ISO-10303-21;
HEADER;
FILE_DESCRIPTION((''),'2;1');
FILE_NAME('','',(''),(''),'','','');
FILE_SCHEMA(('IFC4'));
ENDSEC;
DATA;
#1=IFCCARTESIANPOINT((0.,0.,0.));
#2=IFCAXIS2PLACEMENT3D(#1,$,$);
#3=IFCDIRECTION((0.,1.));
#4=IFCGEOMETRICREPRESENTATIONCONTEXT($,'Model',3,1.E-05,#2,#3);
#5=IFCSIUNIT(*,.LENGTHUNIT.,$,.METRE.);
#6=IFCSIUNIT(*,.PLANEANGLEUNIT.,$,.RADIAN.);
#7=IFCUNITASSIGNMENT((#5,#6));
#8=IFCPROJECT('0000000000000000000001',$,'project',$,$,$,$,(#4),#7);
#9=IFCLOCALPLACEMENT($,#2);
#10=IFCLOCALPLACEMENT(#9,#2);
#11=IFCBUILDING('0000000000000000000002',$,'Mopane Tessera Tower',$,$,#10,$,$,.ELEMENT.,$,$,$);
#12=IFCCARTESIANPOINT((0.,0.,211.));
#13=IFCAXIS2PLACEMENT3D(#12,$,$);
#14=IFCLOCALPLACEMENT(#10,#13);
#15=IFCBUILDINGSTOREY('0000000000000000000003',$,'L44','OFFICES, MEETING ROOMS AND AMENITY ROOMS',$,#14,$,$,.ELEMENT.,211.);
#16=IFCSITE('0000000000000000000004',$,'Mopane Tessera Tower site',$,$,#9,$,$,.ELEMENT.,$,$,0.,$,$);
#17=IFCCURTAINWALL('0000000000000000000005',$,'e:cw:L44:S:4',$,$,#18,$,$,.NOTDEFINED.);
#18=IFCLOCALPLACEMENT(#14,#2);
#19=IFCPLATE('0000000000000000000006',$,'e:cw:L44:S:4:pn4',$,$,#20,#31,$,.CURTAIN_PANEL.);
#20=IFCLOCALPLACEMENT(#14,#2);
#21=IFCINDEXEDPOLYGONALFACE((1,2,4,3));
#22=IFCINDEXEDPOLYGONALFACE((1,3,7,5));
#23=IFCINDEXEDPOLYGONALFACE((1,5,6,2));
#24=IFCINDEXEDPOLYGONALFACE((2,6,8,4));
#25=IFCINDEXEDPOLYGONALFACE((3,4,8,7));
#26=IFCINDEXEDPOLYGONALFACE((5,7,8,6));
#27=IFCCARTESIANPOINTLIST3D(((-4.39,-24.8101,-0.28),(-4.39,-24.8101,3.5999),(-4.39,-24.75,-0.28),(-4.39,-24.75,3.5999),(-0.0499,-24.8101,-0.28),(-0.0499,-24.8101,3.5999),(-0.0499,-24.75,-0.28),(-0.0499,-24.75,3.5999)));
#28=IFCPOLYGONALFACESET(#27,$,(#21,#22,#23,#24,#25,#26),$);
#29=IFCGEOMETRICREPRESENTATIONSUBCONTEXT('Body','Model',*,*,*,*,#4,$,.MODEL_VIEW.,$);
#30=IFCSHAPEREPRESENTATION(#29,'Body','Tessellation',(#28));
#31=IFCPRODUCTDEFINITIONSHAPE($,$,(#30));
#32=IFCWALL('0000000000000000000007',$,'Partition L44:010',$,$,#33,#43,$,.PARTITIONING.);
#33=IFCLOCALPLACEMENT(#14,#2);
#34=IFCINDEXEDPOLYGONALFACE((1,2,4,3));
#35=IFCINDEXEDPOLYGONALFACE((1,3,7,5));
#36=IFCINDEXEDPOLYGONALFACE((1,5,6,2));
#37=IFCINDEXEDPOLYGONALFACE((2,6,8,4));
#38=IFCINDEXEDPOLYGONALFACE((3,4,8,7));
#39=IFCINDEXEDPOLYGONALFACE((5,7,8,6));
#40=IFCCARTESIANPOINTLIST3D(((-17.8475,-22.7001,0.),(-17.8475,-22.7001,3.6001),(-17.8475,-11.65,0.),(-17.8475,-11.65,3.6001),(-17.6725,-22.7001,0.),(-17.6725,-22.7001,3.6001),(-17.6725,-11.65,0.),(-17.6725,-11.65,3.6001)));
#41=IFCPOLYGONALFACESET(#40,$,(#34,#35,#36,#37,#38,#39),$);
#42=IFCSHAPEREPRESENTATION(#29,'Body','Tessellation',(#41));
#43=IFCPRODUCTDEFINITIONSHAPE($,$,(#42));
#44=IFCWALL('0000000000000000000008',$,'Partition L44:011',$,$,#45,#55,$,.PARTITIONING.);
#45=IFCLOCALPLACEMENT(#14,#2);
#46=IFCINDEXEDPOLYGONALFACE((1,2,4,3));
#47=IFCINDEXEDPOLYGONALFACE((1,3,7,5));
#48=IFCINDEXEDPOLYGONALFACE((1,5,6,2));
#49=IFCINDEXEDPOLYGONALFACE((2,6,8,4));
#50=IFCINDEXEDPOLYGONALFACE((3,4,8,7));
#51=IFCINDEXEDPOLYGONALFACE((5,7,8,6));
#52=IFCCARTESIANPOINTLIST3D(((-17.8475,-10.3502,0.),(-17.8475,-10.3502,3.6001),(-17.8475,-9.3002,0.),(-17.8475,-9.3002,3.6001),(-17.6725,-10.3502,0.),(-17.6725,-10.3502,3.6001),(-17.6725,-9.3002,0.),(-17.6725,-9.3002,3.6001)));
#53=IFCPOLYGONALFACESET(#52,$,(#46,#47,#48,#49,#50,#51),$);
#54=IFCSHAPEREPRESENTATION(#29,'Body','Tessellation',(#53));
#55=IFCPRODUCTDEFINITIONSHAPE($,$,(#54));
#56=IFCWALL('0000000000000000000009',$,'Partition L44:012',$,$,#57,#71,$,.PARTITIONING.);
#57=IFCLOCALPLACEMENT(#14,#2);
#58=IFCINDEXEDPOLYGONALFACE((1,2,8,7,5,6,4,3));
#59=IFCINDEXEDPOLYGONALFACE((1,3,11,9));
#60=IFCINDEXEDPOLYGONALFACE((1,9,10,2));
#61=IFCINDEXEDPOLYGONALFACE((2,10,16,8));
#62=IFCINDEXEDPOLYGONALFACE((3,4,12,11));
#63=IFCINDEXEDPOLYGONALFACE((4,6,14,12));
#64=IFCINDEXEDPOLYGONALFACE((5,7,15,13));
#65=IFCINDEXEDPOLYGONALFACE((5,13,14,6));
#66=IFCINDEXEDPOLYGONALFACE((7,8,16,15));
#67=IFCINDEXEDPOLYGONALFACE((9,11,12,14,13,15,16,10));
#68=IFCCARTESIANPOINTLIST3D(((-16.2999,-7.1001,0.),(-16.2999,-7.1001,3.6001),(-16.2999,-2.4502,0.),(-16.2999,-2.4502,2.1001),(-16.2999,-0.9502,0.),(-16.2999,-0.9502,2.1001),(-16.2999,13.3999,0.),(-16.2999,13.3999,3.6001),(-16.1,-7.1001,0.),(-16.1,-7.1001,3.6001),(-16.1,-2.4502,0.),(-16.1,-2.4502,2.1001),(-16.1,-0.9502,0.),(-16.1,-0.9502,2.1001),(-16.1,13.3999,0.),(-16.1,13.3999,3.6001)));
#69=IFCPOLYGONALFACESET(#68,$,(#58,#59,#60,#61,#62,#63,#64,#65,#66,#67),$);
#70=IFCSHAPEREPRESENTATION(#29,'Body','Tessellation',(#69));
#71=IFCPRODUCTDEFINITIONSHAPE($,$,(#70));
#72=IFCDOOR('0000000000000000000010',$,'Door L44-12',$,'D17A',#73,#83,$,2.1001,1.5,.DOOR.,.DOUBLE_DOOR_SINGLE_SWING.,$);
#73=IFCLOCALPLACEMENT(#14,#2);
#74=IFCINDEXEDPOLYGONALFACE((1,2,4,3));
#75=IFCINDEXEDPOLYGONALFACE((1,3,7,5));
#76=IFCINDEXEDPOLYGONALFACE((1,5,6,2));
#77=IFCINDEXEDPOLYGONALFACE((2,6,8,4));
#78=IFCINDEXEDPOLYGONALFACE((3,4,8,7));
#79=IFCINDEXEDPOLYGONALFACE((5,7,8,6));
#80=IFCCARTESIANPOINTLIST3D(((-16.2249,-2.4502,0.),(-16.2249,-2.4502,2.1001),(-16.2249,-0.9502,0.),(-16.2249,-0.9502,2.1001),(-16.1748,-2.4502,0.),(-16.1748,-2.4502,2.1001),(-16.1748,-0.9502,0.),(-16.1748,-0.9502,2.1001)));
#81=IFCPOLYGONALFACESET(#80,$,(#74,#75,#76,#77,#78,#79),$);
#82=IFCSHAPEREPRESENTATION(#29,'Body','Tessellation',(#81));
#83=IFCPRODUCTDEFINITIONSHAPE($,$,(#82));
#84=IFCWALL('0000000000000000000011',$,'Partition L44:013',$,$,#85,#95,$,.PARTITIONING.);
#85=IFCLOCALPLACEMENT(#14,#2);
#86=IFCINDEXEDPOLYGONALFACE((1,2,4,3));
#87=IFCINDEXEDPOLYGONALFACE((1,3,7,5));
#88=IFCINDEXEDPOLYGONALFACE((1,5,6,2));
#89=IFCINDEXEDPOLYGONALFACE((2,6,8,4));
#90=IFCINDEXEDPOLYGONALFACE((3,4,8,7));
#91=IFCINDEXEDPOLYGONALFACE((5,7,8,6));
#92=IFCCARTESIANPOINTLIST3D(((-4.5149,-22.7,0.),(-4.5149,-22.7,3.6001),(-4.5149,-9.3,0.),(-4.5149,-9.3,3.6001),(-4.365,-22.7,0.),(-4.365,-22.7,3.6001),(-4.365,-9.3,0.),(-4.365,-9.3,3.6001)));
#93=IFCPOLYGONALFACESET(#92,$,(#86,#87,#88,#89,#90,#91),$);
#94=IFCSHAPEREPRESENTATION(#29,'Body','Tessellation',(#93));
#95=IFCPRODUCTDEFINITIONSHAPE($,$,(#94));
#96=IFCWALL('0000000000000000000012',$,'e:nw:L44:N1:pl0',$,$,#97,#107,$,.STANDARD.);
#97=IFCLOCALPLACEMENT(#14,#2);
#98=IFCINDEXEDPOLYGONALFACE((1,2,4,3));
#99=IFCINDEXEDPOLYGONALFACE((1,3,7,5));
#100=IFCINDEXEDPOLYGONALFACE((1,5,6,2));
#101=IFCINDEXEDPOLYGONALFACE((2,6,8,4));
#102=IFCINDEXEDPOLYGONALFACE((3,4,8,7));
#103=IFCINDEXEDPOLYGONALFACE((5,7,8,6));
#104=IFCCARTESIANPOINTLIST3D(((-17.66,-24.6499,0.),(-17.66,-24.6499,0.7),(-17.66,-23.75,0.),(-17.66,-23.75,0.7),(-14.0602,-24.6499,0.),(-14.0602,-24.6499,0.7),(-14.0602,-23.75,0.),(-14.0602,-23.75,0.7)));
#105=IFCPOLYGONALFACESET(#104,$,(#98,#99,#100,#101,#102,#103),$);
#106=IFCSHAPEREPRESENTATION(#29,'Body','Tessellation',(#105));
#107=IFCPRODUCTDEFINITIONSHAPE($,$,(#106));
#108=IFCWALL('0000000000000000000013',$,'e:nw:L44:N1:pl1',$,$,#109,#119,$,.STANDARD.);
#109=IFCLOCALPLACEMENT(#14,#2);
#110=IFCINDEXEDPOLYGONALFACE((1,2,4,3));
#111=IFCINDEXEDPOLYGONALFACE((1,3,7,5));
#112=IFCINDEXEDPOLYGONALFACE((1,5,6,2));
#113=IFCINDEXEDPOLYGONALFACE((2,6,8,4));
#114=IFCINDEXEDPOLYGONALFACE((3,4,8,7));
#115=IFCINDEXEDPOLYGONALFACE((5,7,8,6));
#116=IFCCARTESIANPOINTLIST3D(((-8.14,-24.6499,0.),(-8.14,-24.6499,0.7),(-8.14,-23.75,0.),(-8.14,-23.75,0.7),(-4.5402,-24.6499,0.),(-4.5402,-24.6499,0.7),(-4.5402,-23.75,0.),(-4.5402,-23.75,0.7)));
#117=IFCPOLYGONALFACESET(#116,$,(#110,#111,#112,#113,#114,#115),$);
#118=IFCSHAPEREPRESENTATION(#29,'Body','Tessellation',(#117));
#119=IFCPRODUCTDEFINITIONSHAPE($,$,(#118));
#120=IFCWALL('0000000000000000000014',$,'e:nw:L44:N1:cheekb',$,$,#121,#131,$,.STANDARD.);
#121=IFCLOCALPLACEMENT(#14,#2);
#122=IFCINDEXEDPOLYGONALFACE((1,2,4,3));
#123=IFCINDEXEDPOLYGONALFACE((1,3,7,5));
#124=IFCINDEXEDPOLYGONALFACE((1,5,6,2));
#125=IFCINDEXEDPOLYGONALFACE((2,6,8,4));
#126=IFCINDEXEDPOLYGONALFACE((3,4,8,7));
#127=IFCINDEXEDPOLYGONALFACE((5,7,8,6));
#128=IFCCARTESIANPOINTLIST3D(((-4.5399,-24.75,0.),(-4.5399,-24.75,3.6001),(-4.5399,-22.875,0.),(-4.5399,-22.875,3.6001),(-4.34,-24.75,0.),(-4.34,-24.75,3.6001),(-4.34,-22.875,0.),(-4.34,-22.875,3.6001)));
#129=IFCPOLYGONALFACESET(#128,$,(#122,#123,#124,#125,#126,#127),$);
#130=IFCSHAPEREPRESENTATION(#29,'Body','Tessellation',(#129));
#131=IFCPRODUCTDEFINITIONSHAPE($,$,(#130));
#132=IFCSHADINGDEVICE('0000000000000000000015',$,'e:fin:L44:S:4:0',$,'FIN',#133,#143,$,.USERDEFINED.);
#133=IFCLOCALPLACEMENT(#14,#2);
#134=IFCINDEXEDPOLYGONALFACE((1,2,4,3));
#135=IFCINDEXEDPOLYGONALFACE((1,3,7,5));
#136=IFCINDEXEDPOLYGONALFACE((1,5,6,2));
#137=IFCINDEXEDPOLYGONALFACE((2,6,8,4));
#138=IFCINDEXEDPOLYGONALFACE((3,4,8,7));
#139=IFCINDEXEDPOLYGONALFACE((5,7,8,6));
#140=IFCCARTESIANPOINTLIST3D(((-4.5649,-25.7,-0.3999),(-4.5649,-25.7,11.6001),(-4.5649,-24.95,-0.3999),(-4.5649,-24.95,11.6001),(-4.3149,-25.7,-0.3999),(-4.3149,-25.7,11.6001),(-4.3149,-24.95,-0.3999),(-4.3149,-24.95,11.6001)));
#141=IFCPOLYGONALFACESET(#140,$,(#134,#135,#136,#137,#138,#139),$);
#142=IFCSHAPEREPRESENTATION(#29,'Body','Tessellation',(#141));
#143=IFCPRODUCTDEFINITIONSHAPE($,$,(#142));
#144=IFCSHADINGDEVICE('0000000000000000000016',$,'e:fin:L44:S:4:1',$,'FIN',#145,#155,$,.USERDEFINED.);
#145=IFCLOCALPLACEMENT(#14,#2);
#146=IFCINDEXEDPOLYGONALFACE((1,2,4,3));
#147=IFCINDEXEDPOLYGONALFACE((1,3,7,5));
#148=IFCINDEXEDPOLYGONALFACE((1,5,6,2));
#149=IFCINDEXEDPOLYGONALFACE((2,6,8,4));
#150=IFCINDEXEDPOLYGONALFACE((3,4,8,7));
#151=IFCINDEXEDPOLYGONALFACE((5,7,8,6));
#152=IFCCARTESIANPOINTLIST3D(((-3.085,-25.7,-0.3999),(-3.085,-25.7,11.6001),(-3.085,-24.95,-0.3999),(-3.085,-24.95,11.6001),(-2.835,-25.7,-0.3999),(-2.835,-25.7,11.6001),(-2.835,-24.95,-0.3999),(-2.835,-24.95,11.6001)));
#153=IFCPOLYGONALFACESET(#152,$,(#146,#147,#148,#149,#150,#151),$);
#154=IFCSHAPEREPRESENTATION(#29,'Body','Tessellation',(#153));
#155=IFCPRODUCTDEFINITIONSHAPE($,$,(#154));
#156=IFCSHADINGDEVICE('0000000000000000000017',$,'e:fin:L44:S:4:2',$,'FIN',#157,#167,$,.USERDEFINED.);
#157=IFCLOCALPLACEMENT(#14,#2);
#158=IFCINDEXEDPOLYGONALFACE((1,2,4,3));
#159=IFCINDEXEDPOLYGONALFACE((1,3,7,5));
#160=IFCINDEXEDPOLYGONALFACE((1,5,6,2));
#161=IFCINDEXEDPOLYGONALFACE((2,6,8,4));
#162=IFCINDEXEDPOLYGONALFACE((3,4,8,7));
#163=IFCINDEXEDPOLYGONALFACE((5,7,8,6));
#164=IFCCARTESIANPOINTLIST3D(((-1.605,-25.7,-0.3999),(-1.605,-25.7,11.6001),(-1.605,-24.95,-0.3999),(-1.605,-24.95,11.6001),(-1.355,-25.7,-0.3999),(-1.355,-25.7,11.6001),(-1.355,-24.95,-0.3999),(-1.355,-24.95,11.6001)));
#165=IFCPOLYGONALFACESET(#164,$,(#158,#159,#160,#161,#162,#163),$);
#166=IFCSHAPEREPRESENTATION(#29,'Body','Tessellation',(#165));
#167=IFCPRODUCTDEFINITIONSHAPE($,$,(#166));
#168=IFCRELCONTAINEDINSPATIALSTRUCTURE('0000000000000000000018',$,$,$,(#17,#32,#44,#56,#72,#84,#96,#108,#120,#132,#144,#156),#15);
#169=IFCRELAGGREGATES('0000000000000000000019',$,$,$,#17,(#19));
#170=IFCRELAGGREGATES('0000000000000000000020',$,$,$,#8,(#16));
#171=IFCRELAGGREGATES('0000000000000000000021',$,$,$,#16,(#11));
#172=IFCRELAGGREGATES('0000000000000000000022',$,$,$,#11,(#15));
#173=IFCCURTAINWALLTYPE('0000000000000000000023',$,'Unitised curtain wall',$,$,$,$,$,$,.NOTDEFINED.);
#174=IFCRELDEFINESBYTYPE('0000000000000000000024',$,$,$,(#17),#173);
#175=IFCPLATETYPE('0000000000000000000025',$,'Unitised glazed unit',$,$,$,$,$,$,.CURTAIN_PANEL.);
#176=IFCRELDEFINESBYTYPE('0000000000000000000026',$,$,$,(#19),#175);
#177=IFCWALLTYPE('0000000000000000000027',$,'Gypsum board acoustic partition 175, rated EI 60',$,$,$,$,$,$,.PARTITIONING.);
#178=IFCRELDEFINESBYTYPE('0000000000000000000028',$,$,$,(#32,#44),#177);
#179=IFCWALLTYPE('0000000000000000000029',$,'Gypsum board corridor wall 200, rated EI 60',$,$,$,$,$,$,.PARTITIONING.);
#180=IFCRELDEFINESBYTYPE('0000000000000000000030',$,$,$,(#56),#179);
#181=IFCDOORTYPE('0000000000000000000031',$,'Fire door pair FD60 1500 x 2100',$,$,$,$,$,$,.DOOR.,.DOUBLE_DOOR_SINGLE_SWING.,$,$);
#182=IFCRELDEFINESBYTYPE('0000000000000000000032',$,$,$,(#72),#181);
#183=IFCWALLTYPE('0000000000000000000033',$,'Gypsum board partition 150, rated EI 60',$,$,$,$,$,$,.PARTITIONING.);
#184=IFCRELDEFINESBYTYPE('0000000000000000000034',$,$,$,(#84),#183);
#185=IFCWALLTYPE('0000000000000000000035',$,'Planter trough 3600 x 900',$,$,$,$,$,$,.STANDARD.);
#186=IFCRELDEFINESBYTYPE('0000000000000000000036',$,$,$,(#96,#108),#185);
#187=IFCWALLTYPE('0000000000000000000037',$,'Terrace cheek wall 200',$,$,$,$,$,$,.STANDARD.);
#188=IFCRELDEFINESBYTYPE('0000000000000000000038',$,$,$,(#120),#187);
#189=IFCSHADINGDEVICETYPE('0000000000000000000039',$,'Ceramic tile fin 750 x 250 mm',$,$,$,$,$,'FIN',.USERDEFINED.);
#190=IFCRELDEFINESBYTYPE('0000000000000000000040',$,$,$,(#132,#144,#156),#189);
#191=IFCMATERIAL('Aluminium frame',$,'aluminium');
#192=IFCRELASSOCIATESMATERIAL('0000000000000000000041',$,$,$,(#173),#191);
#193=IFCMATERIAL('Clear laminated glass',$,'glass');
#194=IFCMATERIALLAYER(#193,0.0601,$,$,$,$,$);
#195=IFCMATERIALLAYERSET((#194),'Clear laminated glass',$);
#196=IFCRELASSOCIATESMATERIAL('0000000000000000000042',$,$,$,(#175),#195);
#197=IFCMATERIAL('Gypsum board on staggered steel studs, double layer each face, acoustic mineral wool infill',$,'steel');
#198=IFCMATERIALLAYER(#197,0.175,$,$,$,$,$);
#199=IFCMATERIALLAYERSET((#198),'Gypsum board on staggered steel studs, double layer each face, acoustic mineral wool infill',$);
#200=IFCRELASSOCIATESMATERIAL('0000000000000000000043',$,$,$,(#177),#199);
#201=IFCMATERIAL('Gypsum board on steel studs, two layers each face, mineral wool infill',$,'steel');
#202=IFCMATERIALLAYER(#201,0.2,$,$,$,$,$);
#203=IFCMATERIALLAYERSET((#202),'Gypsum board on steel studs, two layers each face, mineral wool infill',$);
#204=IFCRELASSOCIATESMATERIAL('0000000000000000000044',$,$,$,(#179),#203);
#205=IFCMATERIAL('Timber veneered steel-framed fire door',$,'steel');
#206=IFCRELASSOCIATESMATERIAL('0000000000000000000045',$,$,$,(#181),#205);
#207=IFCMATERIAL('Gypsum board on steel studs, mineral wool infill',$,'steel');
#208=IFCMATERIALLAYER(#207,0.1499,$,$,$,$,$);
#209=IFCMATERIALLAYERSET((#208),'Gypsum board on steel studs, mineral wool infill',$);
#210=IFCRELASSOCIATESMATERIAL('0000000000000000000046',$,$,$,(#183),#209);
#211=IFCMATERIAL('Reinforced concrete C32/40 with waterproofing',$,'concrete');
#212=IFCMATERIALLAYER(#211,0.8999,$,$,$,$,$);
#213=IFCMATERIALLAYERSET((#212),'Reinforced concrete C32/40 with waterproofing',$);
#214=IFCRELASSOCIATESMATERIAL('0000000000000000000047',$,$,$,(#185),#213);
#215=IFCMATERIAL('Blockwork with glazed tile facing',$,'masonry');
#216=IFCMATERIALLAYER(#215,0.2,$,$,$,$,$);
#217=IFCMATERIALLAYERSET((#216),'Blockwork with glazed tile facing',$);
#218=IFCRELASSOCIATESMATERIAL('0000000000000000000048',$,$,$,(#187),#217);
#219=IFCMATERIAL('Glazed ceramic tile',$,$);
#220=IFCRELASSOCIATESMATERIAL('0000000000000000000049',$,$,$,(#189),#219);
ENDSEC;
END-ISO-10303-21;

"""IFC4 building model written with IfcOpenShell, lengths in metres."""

from ifc_helpers import new_model, si_unit, direction, frame, frame_2d, origin, origin_2d, place, context, subcontext, project, spatial, rectangle, extrude, material, layer, layer_set, type_object, element, fill, aggregate, save


model = new_model("IFC4")

# Units and contexts
model_context = context("Model", 3, precision=1e-05, world=origin(), true_north=direction((0.0, 1.0)))
body_context = subcontext(model_context, "Body", "Model", "MODEL_VIEW")
ifc_project = project(units=[si_unit("LENGTHUNIT", "METRE"), si_unit("PLANEANGLEUNIT", "RADIAN")], contexts=[model_context])

# Site, building, storey
site_placement = place(None, origin())
site = spatial("IfcSite", under=ifc_project, at=site_placement, Name="Mopane Tessera Tower site", CompositionType="ELEMENT", RefElevation=0.0)
building_placement = place(site_placement, origin())
building = spatial("IfcBuilding", under=site, at=building_placement, Name="Mopane Tessera Tower", CompositionType="ELEMENT")
storey_placement = place(building_placement, frame((0.0, 0.0, 211.0)))
storey = spatial("IfcBuildingStorey", under=building, at=storey_placement, Name="L44", Description="OFFICES, MEETING ROOMS AND AMENITY ROOMS", CompositionType="ELEMENT", Elevation=211.0)

# Curtain wall
ifc_material_1 = material(Name="Aluminium frame", Category="aluminium")
curtain_wall_type = type_object("IfcCurtainWallType", Name="Unitised curtain wall", PredefinedType="NOTDEFINED", material=ifc_material_1)
curtain_wall_placement = place(storey_placement, origin())
curtain_wall = element("IfcCurtainWall", 1, at=curtain_wall_placement, inside=storey, type_object=curtain_wall_type, Name="e:cw:L44:S:4", PredefinedType="NOTDEFINED")

# Plate
ifc_material_2 = material(Name="Clear laminated glass", Category="glass")
ifc_layer_1 = layer(ifc_material_2, 0.0601)
ifc_layer_set_1 = layer_set([ifc_layer_1], Name="Clear laminated glass")
plate_type = type_object("IfcPlateType", Name="Unitised glazed unit", PredefinedType="CURTAIN_PANEL", material=ifc_layer_set_1)
plate_placement = place(storey_placement, frame((-2.22, -24.78, -0.28), z_axis=(0.0, 0.0, 1.0), x_axis=(1.0, 0.0, 0.0)))
plate = element("IfcPlate", 2, at=plate_placement, type_object=plate_type, Name="e:cw:L44:S:4:pn4", PredefinedType="CURTAIN_PANEL", context=body_context, shape_type="SweptSolid", body=[
    extrude(rectangle(XDim=4.3401, YDim=0.0601, at=origin_2d()), origin(), (0.0, 0.0, 1.0), 3.8799),
])
aggregate(curtain_wall, [plate])

# Walls
ifc_material_3 = material(Name="Gypsum board on staggered steel studs, double layer each face, acoustic mineral wool infill", Category="steel")
ifc_layer_2 = layer(ifc_material_3, 0.175)
ifc_layer_set_2 = layer_set([ifc_layer_2], Name="Gypsum board on staggered steel studs, double layer each face, acoustic mineral wool infill")
wall_type_1 = type_object("IfcWallType", Name="Gypsum board acoustic partition 175, rated EI 60", PredefinedType="PARTITIONING", material=ifc_layer_set_2)
wall_1_placement = place(storey_placement, frame((-17.76, -22.7, 0.0), z_axis=(0.0, 0.0, 1.0), x_axis=(0.0, 1.0, 0.0)))
element("IfcWall", 3, at=wall_1_placement, inside=storey, type_object=wall_type_1, Name="Partition L44:010", PredefinedType="PARTITIONING", context=body_context, shape_type="SweptSolid", body=[
    extrude(rectangle(XDim=11.05, YDim=0.175, at=frame_2d((5.5249, 0.0))), origin(), (0.0, 0.0, 1.0), 3.6001),
])
wall_2_placement = place(storey_placement, frame((-17.76, -10.3501, 0.0), z_axis=(0.0, 0.0, 1.0), x_axis=(0.0, 1.0, 0.0)))
element("IfcWall", 4, at=wall_2_placement, inside=storey, type_object=wall_type_1, Name="Partition L44:011", PredefinedType="PARTITIONING", context=body_context, shape_type="SweptSolid", body=[
    extrude(rectangle(XDim=1.05, YDim=0.175, at=frame_2d((0.5249, 0.0))), origin(), (0.0, 0.0, 1.0), 3.6001),
])

# Wall, opening, door
ifc_material_4 = material(Name="Gypsum board on steel studs, two layers each face, mineral wool infill", Category="steel")
ifc_layer_3 = layer(ifc_material_4, 0.2)
ifc_layer_set_3 = layer_set([ifc_layer_3], Name="Gypsum board on steel studs, two layers each face, mineral wool infill")
wall_type_2 = type_object("IfcWallType", Name="Gypsum board corridor wall 200, rated EI 60", PredefinedType="PARTITIONING", material=ifc_layer_set_3)
wall_3_placement = place(storey_placement, frame((-16.2, -7.1001, 0.0), z_axis=(0.0, 0.0, 1.0), x_axis=(0.0, 1.0, 0.0)))
wall_3 = element("IfcWall", 5, at=wall_3_placement, inside=storey, type_object=wall_type_2, Name="Partition L44:012", PredefinedType="PARTITIONING", context=body_context, shape_type="SweptSolid", body=[
    extrude(rectangle(XDim=20.5, YDim=0.2, at=frame_2d((10.25, 0.0))), origin(), (0.0, 0.0, 1.0), 3.6001),
])
opening_placement = place(wall_3_placement, frame((4.6499, 0.0, 0.0)))
opening = element("IfcOpeningElement", 6, at=opening_placement, cuts=wall_3, PredefinedType="OPENING", context=body_context, shape_type="SweptSolid", body=[
    extrude(rectangle(XDim=1.5, YDim=2.1001, at=frame_2d((0.75, 1.05))), frame((0.0, 0.1121, 0.0), z_axis=(0.0, -1.0, 0.0), x_axis=(1.0, 0.0, 0.0)), (0.0, 0.0, 1.0), 0.2239),
])
ifc_material_5 = material(Name="Timber veneered steel-framed fire door", Category="steel")
door_type = type_object("IfcDoorType", Name="Fire door pair FD60 1500 x 2100", OperationType="DOUBLE_DOOR_SINGLE_SWING", PredefinedType="DOOR", material=ifc_material_5)
door_placement = place(opening_placement, origin())
door = element("IfcDoor", 7, at=door_placement, inside=storey, type_object=door_type, Name="Door L44-12", ObjectType="D17A", OperationType="DOUBLE_DOOR_SINGLE_SWING", OverallHeight=2.1001, OverallWidth=1.5, PredefinedType="DOOR", context=body_context, shape_type="SweptSolid", body=[
    extrude(rectangle(XDim=1.5, YDim=2.1001, at=frame_2d((0.75, 1.05))), frame((0.0, 0.0249, 0.0), z_axis=(0.0, -1.0, 0.0), x_axis=(1.0, 0.0, 0.0)), (0.0, 0.0, 1.0), 0.05),
])
fill(opening, door)

# Walls
ifc_material_6 = material(Name="Gypsum board on steel studs, mineral wool infill", Category="steel")
ifc_layer_4 = layer(ifc_material_6, 0.1499)
ifc_layer_set_4 = layer_set([ifc_layer_4], Name="Gypsum board on steel studs, mineral wool infill")
wall_type_3 = type_object("IfcWallType", Name="Gypsum board partition 150, rated EI 60", PredefinedType="PARTITIONING", material=ifc_layer_set_4)
wall_4_placement = place(storey_placement, frame((-4.4399, -22.7, 0.0), z_axis=(0.0, 0.0, 1.0), x_axis=(0.0, 1.0, 0.0)))
element("IfcWall", 8, at=wall_4_placement, inside=storey, type_object=wall_type_3, Name="Partition L44:013", PredefinedType="PARTITIONING", context=body_context, shape_type="SweptSolid", body=[
    extrude(rectangle(XDim=13.3999, YDim=0.1499, at=frame_2d((6.7, 0.0))), origin(), (0.0, 0.0, 1.0), 3.6001),
])
ifc_material_7 = material(Name="Reinforced concrete C32/40 with waterproofing", Category="concrete")
ifc_layer_5 = layer(ifc_material_7, 0.8999)
ifc_layer_set_5 = layer_set([ifc_layer_5], Name="Reinforced concrete C32/40 with waterproofing")
wall_type_4 = type_object("IfcWallType", Name="Planter trough 3600 x 900", PredefinedType="STANDARD", material=ifc_layer_set_5)
for number, where, z_axis, x_axis, name in (
    (9, (-17.6599, -24.2, 0.0), (0.0, 0.0, 1.0), (1.0, 0.0, 0.0), "e:nw:L44:N1:pl0"),
    (10, (-8.1399, -24.2, 0.0), (0.0, 0.0, 1.0), (1.0, 0.0, 0.0), "e:nw:L44:N1:pl1"),
):
    element("IfcWall", number, at=place(storey_placement, frame(where, z_axis=z_axis, x_axis=x_axis)), inside=storey, type_object=wall_type_4, Name=name, PredefinedType="STANDARD", context=body_context, shape_type="SweptSolid", body=[
        extrude(rectangle(XDim=3.5999, YDim=0.8999, at=frame_2d((1.7998, 0.0))), origin(), (0.0, 0.0, 1.0), 0.7),
    ])
ifc_material_8 = material(Name="Blockwork with glazed tile facing", Category="masonry")
ifc_layer_6 = layer(ifc_material_8, 0.2)
ifc_layer_set_6 = layer_set([ifc_layer_6], Name="Blockwork with glazed tile facing")
wall_type_5 = type_object("IfcWallType", Name="Terrace cheek wall 200", PredefinedType="STANDARD", material=ifc_layer_set_6)
wall_5_placement = place(storey_placement, frame((-4.4399, -24.75, 0.0), z_axis=(0.0, 0.0, 1.0), x_axis=(0.0, 1.0, 0.0)))
element("IfcWall", 11, at=wall_5_placement, inside=storey, type_object=wall_type_5, Name="e:nw:L44:N1:cheekb", PredefinedType="STANDARD", context=body_context, shape_type="SweptSolid", body=[
    extrude(rectangle(XDim=1.875, YDim=0.2, at=frame_2d((0.9375, 0.0))), origin(), (0.0, 0.0, 1.0), 3.6001),
])

# Shading devices
ifc_material_9 = material(Name="Glazed ceramic tile")
shading_device_type = type_object("IfcShadingDeviceType", Name="Ceramic tile fin 750 x 250 mm", ElementType="FIN", PredefinedType="USERDEFINED", material=ifc_material_9)
for number, where, z_axis, x_axis, name in (
    (12, (-4.4399, -25.325, -0.3999), (0.0, 0.0, 1.0), (1.0, 0.0, 0.0), "e:fin:L44:S:4:0"),
    (13, (-2.96, -25.325, -0.3999), (0.0, 0.0, 1.0), (1.0, 0.0, 0.0), "e:fin:L44:S:4:1"),
    (14, (-1.48, -25.325, -0.3999), (0.0, 0.0, 1.0), (1.0, 0.0, 0.0), "e:fin:L44:S:4:2"),
):
    element("IfcShadingDevice", number, at=place(storey_placement, frame(where, z_axis=z_axis, x_axis=x_axis)), inside=storey, type_object=shading_device_type, Name=name, ObjectType="FIN", PredefinedType="USERDEFINED", context=body_context, shape_type="SweptSolid", body=[
        extrude(rectangle(XDim=0.25, YDim=0.75, at=origin_2d()), origin(), (0.0, 0.0, 1.0), 12.0),
    ])

save(model, "model.ifc")
